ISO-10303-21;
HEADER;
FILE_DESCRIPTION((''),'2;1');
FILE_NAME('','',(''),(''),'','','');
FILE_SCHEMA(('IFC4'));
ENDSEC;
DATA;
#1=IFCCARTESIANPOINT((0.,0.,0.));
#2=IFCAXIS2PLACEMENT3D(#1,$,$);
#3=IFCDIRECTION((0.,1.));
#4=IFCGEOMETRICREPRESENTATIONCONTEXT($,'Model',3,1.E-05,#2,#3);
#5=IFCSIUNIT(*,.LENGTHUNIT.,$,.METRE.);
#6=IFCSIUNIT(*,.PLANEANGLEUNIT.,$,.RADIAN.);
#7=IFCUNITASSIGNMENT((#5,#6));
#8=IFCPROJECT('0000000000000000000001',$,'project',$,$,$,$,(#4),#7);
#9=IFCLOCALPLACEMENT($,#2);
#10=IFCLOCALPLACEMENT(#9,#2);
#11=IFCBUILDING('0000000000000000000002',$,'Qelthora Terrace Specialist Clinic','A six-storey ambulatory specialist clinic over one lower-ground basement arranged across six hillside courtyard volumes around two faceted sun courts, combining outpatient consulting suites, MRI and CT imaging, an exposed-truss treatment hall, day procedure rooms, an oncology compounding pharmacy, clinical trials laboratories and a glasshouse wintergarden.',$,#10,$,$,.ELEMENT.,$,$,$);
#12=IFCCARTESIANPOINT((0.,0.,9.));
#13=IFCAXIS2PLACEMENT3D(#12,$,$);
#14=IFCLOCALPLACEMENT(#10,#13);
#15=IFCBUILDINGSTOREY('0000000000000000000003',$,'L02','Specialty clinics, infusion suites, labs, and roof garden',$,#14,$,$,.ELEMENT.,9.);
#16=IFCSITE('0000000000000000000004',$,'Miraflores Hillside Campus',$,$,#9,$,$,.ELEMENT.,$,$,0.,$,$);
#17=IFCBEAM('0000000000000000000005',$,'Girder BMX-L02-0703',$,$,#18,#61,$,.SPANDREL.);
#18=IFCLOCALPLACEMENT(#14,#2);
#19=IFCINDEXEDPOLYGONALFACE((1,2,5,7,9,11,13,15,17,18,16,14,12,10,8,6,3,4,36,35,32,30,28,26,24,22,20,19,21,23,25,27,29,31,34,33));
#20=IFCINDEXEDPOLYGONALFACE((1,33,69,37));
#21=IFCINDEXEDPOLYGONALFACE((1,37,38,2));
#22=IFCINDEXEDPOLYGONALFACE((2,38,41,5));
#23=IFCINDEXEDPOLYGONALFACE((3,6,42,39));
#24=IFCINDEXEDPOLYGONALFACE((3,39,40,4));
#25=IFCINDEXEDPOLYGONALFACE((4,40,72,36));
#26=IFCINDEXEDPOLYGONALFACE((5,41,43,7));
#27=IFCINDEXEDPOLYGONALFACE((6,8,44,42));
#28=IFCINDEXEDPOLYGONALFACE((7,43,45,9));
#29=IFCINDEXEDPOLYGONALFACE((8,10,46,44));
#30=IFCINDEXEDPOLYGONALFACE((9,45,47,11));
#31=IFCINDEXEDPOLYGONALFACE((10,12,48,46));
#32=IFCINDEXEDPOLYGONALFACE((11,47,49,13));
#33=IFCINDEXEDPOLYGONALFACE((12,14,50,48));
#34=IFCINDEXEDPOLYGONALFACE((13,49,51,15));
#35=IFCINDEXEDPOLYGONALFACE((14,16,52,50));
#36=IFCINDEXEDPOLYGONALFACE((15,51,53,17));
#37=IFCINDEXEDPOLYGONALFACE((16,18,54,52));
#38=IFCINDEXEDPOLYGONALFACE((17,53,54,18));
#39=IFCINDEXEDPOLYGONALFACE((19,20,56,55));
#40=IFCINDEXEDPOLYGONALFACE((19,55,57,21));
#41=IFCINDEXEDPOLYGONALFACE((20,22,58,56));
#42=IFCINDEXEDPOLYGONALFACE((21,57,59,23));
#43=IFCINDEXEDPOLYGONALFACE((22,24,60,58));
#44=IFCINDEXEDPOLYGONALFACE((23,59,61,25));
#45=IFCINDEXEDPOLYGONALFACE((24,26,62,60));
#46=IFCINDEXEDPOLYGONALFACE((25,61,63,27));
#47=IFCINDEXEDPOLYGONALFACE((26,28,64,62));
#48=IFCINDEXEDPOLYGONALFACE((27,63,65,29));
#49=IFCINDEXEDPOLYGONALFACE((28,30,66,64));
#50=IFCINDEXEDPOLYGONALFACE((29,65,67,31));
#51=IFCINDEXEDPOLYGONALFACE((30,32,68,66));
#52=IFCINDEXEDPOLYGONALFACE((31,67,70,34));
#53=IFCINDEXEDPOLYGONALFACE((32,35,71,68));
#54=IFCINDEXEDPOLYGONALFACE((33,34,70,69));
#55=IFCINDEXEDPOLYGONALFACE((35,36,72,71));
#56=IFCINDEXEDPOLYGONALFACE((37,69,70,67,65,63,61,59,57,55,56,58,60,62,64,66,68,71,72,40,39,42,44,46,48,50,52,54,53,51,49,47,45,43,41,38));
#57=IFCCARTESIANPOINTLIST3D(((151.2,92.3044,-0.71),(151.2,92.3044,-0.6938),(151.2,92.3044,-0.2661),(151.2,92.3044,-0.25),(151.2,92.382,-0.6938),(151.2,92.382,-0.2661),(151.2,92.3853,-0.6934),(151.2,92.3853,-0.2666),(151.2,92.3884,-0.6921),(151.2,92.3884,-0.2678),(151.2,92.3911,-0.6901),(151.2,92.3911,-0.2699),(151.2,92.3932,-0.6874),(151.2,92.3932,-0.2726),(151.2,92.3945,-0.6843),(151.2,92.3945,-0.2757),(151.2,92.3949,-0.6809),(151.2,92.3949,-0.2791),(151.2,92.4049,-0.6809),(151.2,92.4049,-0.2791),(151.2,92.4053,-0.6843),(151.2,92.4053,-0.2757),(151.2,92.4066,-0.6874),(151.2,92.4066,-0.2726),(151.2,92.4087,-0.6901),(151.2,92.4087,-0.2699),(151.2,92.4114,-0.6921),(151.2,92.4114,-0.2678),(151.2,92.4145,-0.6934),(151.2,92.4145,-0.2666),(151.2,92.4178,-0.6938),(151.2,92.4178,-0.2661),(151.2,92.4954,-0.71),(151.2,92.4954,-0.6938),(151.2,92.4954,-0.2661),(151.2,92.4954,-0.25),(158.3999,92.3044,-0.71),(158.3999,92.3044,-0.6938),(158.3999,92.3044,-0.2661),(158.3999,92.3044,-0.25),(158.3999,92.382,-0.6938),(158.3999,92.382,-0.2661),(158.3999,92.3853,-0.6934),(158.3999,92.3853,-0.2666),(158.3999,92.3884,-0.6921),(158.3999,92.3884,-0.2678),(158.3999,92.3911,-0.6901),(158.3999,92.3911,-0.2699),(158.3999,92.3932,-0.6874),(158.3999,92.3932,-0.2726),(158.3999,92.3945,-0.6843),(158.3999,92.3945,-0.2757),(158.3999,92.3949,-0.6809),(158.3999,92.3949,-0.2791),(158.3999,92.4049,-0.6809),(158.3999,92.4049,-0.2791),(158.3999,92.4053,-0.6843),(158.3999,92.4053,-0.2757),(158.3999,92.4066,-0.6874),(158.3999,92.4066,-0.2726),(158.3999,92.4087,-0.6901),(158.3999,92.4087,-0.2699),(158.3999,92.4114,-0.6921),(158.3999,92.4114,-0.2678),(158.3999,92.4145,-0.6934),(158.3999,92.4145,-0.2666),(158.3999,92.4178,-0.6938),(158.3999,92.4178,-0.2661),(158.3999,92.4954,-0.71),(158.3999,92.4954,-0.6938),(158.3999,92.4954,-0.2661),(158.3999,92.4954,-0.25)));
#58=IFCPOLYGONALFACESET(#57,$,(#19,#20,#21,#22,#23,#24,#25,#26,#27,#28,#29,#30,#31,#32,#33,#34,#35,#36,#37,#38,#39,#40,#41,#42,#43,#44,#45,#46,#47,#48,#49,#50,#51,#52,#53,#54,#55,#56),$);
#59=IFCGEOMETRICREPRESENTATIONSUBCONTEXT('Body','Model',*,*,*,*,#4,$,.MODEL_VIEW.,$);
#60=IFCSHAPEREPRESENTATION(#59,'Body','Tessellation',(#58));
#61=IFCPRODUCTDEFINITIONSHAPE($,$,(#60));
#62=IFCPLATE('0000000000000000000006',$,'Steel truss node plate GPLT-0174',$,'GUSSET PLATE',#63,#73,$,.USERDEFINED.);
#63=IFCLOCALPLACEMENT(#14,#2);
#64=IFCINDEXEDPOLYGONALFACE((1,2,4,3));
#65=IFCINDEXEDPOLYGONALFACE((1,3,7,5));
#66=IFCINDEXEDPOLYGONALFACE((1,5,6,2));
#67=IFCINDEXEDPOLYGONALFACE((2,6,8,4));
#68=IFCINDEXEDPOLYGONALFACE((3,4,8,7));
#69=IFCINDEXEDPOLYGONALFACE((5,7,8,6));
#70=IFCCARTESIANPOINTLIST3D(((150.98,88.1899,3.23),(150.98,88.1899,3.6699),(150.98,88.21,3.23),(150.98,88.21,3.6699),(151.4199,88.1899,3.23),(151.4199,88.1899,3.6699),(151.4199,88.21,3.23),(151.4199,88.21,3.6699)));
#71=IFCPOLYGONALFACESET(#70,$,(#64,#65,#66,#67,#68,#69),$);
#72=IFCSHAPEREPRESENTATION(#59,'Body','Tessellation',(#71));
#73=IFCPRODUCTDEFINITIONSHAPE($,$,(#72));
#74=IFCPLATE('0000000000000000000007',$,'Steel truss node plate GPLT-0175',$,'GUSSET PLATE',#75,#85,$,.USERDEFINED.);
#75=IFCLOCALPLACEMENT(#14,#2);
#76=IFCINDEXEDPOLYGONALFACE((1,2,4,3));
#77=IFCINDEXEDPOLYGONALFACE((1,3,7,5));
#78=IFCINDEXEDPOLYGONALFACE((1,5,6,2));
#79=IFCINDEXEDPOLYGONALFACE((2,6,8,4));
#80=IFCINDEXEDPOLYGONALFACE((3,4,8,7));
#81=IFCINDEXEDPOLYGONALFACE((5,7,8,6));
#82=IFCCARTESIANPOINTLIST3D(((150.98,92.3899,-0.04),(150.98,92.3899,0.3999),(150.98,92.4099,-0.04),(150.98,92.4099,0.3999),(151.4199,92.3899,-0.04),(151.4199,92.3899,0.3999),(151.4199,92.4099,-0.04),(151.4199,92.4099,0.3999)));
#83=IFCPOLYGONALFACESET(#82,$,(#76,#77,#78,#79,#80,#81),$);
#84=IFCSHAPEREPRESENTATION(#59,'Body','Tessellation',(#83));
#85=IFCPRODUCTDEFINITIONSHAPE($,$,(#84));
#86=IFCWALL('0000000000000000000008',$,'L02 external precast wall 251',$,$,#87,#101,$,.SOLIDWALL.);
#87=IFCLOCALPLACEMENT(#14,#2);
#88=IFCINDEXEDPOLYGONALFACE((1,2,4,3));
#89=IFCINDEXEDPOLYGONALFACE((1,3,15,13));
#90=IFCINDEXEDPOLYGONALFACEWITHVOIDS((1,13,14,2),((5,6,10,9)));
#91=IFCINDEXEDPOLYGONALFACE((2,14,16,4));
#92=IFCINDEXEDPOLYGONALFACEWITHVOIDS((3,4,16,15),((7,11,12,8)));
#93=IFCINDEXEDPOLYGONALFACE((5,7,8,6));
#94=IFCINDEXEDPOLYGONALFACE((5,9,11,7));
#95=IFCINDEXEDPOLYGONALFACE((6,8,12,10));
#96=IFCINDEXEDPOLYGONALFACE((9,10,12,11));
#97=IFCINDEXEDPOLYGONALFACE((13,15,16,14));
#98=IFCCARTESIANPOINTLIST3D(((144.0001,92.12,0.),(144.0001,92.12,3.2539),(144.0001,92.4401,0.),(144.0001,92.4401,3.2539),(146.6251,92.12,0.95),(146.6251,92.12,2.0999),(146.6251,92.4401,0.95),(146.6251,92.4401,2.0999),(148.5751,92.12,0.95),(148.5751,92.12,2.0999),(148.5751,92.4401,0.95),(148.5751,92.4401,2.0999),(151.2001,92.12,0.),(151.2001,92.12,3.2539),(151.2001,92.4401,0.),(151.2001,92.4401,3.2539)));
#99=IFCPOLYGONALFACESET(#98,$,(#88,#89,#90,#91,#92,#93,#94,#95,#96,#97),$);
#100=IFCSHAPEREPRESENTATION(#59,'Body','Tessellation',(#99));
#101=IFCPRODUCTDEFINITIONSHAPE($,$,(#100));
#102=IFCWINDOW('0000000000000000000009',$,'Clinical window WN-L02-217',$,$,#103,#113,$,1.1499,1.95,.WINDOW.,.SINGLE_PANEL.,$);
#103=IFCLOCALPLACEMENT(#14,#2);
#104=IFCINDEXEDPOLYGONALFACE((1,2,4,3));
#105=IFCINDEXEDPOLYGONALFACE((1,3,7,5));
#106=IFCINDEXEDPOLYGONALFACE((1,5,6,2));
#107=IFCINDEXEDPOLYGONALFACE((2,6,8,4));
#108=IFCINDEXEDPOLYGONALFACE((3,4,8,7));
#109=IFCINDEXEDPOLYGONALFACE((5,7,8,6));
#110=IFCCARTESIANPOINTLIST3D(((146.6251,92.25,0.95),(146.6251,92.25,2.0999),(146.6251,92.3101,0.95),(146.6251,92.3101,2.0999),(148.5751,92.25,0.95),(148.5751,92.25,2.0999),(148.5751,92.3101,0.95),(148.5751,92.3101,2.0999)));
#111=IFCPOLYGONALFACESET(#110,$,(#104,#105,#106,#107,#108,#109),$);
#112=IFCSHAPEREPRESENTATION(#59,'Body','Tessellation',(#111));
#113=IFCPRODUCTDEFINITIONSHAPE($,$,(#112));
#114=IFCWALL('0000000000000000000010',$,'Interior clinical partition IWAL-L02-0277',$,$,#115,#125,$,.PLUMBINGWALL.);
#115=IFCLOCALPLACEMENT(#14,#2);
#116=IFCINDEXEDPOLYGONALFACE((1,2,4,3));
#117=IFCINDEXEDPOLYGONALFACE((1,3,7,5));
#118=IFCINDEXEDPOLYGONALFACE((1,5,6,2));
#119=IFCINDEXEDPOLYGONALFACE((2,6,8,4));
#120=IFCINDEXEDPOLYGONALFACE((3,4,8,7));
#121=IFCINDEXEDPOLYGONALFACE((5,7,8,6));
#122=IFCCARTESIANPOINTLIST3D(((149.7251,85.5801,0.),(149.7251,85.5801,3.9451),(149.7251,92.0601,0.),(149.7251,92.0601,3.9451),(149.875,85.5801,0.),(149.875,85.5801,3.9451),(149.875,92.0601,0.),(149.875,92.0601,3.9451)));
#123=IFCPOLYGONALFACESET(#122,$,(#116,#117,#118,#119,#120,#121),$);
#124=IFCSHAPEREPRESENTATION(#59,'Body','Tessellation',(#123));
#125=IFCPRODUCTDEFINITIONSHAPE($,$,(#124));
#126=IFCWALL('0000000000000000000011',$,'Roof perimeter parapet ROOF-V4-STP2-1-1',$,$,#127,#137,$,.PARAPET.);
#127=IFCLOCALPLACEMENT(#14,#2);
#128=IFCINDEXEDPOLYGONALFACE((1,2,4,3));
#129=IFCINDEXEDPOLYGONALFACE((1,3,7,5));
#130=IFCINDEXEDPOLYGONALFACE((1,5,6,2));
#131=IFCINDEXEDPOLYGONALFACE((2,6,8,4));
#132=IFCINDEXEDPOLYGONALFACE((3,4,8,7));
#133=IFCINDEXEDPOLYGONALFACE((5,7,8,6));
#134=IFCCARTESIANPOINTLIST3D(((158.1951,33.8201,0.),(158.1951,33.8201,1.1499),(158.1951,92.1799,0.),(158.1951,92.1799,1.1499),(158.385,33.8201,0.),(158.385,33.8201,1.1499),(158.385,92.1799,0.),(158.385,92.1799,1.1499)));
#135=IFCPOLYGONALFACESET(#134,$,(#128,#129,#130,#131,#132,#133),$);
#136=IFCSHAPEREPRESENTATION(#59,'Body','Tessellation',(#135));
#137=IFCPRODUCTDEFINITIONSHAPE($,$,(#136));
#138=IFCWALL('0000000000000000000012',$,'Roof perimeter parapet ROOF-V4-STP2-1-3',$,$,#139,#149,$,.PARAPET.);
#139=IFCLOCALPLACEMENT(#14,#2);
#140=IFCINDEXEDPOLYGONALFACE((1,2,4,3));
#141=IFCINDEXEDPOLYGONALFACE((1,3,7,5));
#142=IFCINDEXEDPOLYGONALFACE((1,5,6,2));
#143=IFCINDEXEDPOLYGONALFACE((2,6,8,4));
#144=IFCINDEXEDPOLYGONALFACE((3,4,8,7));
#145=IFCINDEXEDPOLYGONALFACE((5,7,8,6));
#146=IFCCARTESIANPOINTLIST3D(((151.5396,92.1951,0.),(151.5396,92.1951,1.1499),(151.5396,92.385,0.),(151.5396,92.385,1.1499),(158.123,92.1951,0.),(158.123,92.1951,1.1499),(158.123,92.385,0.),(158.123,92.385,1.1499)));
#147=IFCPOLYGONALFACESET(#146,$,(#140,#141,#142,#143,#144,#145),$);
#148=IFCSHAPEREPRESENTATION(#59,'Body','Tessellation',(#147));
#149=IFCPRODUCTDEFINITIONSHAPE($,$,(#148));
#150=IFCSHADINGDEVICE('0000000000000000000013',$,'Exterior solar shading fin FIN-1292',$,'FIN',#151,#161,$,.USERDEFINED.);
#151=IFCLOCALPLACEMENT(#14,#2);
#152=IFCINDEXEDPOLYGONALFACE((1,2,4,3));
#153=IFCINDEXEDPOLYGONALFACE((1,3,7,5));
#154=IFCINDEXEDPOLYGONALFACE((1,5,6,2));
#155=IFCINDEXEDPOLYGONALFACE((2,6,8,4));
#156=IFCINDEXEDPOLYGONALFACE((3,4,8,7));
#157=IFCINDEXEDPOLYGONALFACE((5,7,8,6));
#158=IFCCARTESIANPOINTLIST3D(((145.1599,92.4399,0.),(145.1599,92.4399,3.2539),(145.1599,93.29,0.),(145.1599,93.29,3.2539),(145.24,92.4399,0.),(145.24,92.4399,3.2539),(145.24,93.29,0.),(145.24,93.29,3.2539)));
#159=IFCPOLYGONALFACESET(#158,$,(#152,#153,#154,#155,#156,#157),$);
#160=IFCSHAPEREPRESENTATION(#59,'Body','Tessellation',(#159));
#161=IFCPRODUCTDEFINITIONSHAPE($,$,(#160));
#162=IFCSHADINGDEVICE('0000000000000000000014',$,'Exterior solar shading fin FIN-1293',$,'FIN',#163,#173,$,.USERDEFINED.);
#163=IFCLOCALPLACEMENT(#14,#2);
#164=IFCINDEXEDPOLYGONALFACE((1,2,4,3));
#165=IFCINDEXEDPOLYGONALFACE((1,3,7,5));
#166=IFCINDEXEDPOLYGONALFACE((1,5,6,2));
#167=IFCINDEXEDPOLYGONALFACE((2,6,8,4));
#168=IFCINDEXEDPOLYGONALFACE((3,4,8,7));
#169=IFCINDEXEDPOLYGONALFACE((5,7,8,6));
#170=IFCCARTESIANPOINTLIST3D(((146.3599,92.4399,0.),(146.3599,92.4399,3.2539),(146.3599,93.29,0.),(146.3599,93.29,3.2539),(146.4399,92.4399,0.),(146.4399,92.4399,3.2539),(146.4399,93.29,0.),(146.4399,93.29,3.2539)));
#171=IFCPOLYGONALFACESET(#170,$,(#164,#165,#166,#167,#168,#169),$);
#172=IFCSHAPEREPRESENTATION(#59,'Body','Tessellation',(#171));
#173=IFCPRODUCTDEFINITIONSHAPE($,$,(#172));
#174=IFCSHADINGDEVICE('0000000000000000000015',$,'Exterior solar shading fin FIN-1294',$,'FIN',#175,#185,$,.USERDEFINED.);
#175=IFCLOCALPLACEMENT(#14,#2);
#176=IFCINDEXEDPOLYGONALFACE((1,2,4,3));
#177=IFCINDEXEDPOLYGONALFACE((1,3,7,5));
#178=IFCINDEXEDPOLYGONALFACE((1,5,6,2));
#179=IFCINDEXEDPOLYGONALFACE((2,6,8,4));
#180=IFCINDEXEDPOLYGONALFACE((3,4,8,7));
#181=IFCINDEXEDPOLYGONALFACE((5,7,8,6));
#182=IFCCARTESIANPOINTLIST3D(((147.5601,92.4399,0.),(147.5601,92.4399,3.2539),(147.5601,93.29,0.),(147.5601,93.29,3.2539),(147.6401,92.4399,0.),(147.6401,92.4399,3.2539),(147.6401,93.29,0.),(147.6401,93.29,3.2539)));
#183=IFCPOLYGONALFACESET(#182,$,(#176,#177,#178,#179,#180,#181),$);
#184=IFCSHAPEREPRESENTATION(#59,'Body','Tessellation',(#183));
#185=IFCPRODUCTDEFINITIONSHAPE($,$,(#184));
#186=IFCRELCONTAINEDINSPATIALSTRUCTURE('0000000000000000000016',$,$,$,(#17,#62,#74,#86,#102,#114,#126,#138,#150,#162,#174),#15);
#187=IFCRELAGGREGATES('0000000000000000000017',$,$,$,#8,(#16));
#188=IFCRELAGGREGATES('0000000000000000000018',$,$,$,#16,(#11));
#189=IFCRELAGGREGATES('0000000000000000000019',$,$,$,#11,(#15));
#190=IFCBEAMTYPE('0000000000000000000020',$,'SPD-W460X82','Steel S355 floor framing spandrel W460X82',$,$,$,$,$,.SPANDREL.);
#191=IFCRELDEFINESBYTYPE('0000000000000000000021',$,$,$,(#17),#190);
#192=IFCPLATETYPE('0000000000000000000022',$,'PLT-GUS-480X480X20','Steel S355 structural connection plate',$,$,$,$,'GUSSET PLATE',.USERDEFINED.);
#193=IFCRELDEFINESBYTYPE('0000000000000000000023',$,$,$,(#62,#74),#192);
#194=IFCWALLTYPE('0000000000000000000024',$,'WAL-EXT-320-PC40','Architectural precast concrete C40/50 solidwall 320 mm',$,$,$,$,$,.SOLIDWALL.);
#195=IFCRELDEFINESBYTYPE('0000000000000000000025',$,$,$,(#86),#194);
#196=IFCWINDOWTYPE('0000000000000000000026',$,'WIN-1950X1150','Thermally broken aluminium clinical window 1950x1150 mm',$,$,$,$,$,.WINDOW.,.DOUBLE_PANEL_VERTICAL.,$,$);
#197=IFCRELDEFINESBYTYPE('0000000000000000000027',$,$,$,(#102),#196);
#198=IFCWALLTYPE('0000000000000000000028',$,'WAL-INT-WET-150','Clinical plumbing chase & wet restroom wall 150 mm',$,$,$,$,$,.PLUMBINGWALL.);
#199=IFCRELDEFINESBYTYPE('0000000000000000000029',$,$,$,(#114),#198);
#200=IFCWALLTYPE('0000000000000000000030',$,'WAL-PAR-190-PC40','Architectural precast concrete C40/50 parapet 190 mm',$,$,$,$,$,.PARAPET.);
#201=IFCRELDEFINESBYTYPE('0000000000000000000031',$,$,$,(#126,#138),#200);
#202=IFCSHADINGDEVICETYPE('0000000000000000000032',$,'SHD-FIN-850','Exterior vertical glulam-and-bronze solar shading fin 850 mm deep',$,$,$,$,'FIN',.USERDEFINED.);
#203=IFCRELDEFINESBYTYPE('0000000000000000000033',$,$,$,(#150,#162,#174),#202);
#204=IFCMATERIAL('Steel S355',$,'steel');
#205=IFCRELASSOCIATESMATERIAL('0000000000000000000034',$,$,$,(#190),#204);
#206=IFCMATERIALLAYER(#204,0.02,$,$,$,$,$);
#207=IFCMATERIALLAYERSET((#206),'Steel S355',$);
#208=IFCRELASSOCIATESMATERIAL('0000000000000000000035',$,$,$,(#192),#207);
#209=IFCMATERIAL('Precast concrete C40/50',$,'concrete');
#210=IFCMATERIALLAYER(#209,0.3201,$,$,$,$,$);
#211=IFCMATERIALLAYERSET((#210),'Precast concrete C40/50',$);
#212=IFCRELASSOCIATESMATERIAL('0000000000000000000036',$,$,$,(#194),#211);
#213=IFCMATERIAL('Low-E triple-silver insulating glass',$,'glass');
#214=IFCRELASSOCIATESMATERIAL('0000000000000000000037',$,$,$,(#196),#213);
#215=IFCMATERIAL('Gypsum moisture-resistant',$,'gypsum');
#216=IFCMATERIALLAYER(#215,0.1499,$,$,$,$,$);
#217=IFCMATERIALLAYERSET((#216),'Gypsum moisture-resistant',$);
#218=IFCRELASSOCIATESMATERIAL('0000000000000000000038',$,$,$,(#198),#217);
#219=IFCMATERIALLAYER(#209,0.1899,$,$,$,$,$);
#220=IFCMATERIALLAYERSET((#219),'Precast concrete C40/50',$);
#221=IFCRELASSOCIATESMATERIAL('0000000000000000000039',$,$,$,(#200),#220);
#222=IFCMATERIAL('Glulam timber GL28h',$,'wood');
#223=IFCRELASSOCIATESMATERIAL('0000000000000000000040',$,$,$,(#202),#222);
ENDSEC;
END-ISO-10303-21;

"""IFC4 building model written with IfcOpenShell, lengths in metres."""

from ifc_helpers import new_model, si_unit, direction, frame, frame_2d, origin, origin_2d, place, context, subcontext, project, spatial, rectangle, i_section, extrude, material, layer, layer_set, material_profile, profile_set, type_object, element, fill, save


model = new_model("IFC4")

# Units and contexts
model_context = context("Model", 3, precision=1e-05, world=origin(), true_north=direction((0.0, 1.0)))
body_context = subcontext(model_context, "Body", "Model", "MODEL_VIEW")
ifc_project = project(units=[si_unit("LENGTHUNIT", "METRE"), si_unit("PLANEANGLEUNIT", "RADIAN")], contexts=[model_context])

# Site, building, storey
site_placement = place(None, origin())
site = spatial("IfcSite", under=ifc_project, at=site_placement, Name="Miraflores Hillside Campus", CompositionType="ELEMENT", RefElevation=0.0)
building_placement = place(site_placement, origin())
building = spatial("IfcBuilding", under=site, at=building_placement, Name="Qelthora Terrace Specialist Clinic", Description="A six-storey ambulatory specialist clinic over one lower-ground basement arranged across six hillside courtyard volumes around two faceted sun courts, combining outpatient consulting suites, MRI and CT imaging, an exposed-truss treatment hall, day procedure rooms, an oncology compounding pharmacy, clinical trials laboratories and a glasshouse wintergarden.", CompositionType="ELEMENT")
storey_placement = place(building_placement, frame((0.0, 0.0, 9.0)))
storey = spatial("IfcBuildingStorey", under=building, at=storey_placement, Name="L02", Description="Specialty clinics, infusion suites, labs, and roof garden", CompositionType="ELEMENT", Elevation=9.0)

# Shared definitions
ifc_material_1 = material(Name="Steel S355", Category="steel")

# Beam
ifc_material_profile_1 = material_profile(ifc_material_1, i_section(OverallWidth=0.1909, OverallDepth=0.46, WebThickness=0.01, FlangeThickness=0.0161, FilletRadius=0.0129, at=origin_2d()), Name="W460X82")
ifc_profile_set_1 = profile_set([ifc_material_profile_1], Name="Steel S355")
beam_type_1 = type_object("IfcBeamType", Name="SPD-W460X82", Description="Steel S355 floor framing spandrel W460X82", PredefinedType="SPANDREL", material=ifc_profile_set_1)
beam_1_placement = place(storey_placement, frame((151.2, 92.3999, -0.48), z_axis=(1.0, 0.0, 0.0), x_axis=(0.0, 1.0, 0.0)))
element("IfcBeam", 1, at=beam_1_placement, inside=storey, type_object=beam_type_1, Name="Girder BMX-L02-0703", PredefinedType="SPANDREL", context=body_context, shape_type="SweptSolid", body=[
    extrude(i_section(OverallWidth=0.1909, OverallDepth=0.46, WebThickness=0.01, FlangeThickness=0.0161, FilletRadius=0.0129, at=origin_2d()), origin(), (0.0, 0.0, 1.0), 7.2),
])

# Plates
ifc_layer_1 = layer(ifc_material_1, 0.02)
ifc_layer_set_1 = layer_set([ifc_layer_1], Name="Steel S355")
plate_type = type_object("IfcPlateType", Name="PLT-GUS-480X480X20", Description="Steel S355 structural connection plate", ElementType="GUSSET PLATE", PredefinedType="USERDEFINED", material=ifc_layer_set_1)
for number, where, z_axis, x_axis, name in (
    (2, (151.2, 88.2, 3.23), (0.0, 0.0, 1.0), (1.0, 0.0, 0.0), "Steel truss node plate GPLT-0174"),
    (3, (151.2, 92.3999, -0.04), (0.0, 0.0, 1.0), (1.0, 0.0, 0.0), "Steel truss node plate GPLT-0175"),
):
    element("IfcPlate", number, at=place(storey_placement, frame(where, z_axis=z_axis, x_axis=x_axis)), inside=storey, type_object=plate_type, Name=name, ObjectType="GUSSET PLATE", PredefinedType="USERDEFINED", context=body_context, shape_type="SweptSolid", body=[
        extrude(rectangle(XDim=0.4399, YDim=0.02, at=origin_2d()), origin(), (0.0, 0.0, 1.0), 0.4399),
    ])

# Wall, opening, window
ifc_material_2 = material(Name="Precast concrete C40/50", Category="concrete")
ifc_layer_2 = layer(ifc_material_2, 0.3201)
ifc_layer_set_2 = layer_set([ifc_layer_2], Name="Precast concrete C40/50")
wall_type_1 = type_object("IfcWallType", Name="WAL-EXT-320-PC40", Description="Architectural precast concrete C40/50 solidwall 320 mm", PredefinedType="SOLIDWALL", material=ifc_layer_set_2)
wall_1_placement = place(storey_placement, frame((144.0, 92.28, 0.0), z_axis=(0.0, 0.0, 1.0), x_axis=(1.0, 0.0, 0.0)))
wall_1 = element("IfcWall", 4, at=wall_1_placement, inside=storey, type_object=wall_type_1, Name="L02 external precast wall 251", PredefinedType="SOLIDWALL", context=body_context, shape_type="SweptSolid", body=[
    extrude(rectangle(XDim=7.2, YDim=0.3201, at=frame_2d((3.6001, 0.0))), origin(), (0.0, 0.0, 1.0), 3.2539),
])
opening_placement = place(wall_1_placement, frame((2.625, 0.0, 0.95)))
opening = element("IfcOpeningElement", 5, at=opening_placement, cuts=wall_1, PredefinedType="OPENING", context=body_context, shape_type="SweptSolid", body=[
    extrude(rectangle(XDim=1.95, YDim=1.1499, at=frame_2d((0.9751, 0.575))), frame((0.0, 0.1699, 0.0), z_axis=(0.0, -1.0, 0.0), x_axis=(1.0, 0.0, 0.0)), (0.0, 0.0, 1.0), 0.3401),
])
ifc_material_3 = material(Name="Low-E triple-silver insulating glass", Category="glass")
window_type = type_object("IfcWindowType", Name="WIN-1950X1150", Description="Thermally broken aluminium clinical window 1950x1150 mm", PartitioningType="DOUBLE_PANEL_VERTICAL", PredefinedType="WINDOW", material=ifc_material_3)
window_placement = place(opening_placement, origin())
window = element("IfcWindow", 6, at=window_placement, inside=storey, type_object=window_type, Name="Clinical window WN-L02-217", OverallHeight=1.1499, OverallWidth=1.95, PartitioningType="SINGLE_PANEL", PredefinedType="WINDOW", context=body_context, shape_type="SweptSolid", body=[
    extrude(rectangle(XDim=1.95, YDim=1.1499, at=frame_2d((0.9751, 0.575))), frame((0.0, 0.03, 0.0), z_axis=(0.0, -1.0, 0.0), x_axis=(1.0, 0.0, 0.0)), (0.0, 0.0, 1.0), 0.0601),
])
fill(opening, window)

# Walls
ifc_material_4 = material(Name="Gypsum moisture-resistant", Category="gypsum")
ifc_layer_3 = layer(ifc_material_4, 0.1499)
ifc_layer_set_3 = layer_set([ifc_layer_3], Name="Gypsum moisture-resistant")
wall_type_2 = type_object("IfcWallType", Name="WAL-INT-WET-150", Description="Clinical plumbing chase & wet restroom wall 150 mm", PredefinedType="PLUMBINGWALL", material=ifc_layer_set_3)
wall_2_placement = place(storey_placement, frame((149.8, 92.0601, 0.0), z_axis=(0.0, 0.0, 1.0), x_axis=(0.0, -1.0, 0.0)))
element("IfcWall", 7, at=wall_2_placement, inside=storey, type_object=wall_type_2, Name="Interior clinical partition IWAL-L02-0277", PredefinedType="PLUMBINGWALL", context=body_context, shape_type="SweptSolid", body=[
    extrude(rectangle(XDim=6.48, YDim=0.1499, at=frame_2d((3.24, 0.0))), origin(), (0.0, 0.0, 1.0), 3.9451),
])
ifc_layer_4 = layer(ifc_material_2, 0.1899)
ifc_layer_set_4 = layer_set([ifc_layer_4], Name="Precast concrete C40/50")
wall_type_3 = type_object("IfcWallType", Name="WAL-PAR-190-PC40", Description="Architectural precast concrete C40/50 parapet 190 mm", PredefinedType="PARAPET", material=ifc_layer_set_4)
wall_3_placement = place(storey_placement, frame((158.29, 92.1799, 0.0), z_axis=(0.0, 0.0, 1.0), x_axis=(0.0, -1.0, 0.0)))
element("IfcWall", 8, at=wall_3_placement, inside=storey, type_object=wall_type_3, Name="Roof perimeter parapet ROOF-V4-STP2-1-1", PredefinedType="PARAPET", context=body_context, shape_type="SweptSolid", body=[
    extrude(rectangle(XDim=58.3599, YDim=0.1899, at=frame_2d((29.1799, 0.0))), origin(), (0.0, 0.0, 1.0), 1.1499),
])
wall_4_placement = place(storey_placement, frame((151.5396, 92.29, 0.0), z_axis=(0.0, 0.0, 1.0), x_axis=(1.0, 0.0, 0.0)))
element("IfcWall", 9, at=wall_4_placement, inside=storey, type_object=wall_type_3, Name="Roof perimeter parapet ROOF-V4-STP2-1-3", PredefinedType="PARAPET", context=body_context, shape_type="SweptSolid", body=[
    extrude(rectangle(XDim=6.5835, YDim=0.1899, at=frame_2d((3.2917, 0.0))), origin(), (0.0, 0.0, 1.0), 1.1499),
])

# Shading devices
ifc_material_5 = material(Name="Glulam timber GL28h", Category="wood")
shading_device_type = type_object("IfcShadingDeviceType", Name="SHD-FIN-850", Description="Exterior vertical glulam-and-bronze solar shading fin 850 mm deep", ElementType="FIN", PredefinedType="USERDEFINED", material=ifc_material_5)
for number, where, z_axis, x_axis, name in (
    (10, (145.2, 92.865, 0.0), (0.0, 0.0, 1.0), (0.0, 1.0, 0.0), "Exterior solar shading fin FIN-1292"),
    (11, (146.3999, 92.865, 0.0), (0.0, 0.0, 1.0), (0.0, 1.0, 0.0), "Exterior solar shading fin FIN-1293"),
    (12, (147.6001, 92.865, 0.0), (0.0, 0.0, 1.0), (0.0, 1.0, 0.0), "Exterior solar shading fin FIN-1294"),
):
    element("IfcShadingDevice", number, at=place(storey_placement, frame(where, z_axis=z_axis, x_axis=x_axis)), inside=storey, type_object=shading_device_type, Name=name, ObjectType="FIN", PredefinedType="USERDEFINED", context=body_context, shape_type="SweptSolid", body=[
        extrude(rectangle(XDim=0.8501, YDim=0.0801, at=origin_2d()), origin(), (0.0, 0.0, 1.0), 3.2539),
    ])

save(model, "model.ifc")
